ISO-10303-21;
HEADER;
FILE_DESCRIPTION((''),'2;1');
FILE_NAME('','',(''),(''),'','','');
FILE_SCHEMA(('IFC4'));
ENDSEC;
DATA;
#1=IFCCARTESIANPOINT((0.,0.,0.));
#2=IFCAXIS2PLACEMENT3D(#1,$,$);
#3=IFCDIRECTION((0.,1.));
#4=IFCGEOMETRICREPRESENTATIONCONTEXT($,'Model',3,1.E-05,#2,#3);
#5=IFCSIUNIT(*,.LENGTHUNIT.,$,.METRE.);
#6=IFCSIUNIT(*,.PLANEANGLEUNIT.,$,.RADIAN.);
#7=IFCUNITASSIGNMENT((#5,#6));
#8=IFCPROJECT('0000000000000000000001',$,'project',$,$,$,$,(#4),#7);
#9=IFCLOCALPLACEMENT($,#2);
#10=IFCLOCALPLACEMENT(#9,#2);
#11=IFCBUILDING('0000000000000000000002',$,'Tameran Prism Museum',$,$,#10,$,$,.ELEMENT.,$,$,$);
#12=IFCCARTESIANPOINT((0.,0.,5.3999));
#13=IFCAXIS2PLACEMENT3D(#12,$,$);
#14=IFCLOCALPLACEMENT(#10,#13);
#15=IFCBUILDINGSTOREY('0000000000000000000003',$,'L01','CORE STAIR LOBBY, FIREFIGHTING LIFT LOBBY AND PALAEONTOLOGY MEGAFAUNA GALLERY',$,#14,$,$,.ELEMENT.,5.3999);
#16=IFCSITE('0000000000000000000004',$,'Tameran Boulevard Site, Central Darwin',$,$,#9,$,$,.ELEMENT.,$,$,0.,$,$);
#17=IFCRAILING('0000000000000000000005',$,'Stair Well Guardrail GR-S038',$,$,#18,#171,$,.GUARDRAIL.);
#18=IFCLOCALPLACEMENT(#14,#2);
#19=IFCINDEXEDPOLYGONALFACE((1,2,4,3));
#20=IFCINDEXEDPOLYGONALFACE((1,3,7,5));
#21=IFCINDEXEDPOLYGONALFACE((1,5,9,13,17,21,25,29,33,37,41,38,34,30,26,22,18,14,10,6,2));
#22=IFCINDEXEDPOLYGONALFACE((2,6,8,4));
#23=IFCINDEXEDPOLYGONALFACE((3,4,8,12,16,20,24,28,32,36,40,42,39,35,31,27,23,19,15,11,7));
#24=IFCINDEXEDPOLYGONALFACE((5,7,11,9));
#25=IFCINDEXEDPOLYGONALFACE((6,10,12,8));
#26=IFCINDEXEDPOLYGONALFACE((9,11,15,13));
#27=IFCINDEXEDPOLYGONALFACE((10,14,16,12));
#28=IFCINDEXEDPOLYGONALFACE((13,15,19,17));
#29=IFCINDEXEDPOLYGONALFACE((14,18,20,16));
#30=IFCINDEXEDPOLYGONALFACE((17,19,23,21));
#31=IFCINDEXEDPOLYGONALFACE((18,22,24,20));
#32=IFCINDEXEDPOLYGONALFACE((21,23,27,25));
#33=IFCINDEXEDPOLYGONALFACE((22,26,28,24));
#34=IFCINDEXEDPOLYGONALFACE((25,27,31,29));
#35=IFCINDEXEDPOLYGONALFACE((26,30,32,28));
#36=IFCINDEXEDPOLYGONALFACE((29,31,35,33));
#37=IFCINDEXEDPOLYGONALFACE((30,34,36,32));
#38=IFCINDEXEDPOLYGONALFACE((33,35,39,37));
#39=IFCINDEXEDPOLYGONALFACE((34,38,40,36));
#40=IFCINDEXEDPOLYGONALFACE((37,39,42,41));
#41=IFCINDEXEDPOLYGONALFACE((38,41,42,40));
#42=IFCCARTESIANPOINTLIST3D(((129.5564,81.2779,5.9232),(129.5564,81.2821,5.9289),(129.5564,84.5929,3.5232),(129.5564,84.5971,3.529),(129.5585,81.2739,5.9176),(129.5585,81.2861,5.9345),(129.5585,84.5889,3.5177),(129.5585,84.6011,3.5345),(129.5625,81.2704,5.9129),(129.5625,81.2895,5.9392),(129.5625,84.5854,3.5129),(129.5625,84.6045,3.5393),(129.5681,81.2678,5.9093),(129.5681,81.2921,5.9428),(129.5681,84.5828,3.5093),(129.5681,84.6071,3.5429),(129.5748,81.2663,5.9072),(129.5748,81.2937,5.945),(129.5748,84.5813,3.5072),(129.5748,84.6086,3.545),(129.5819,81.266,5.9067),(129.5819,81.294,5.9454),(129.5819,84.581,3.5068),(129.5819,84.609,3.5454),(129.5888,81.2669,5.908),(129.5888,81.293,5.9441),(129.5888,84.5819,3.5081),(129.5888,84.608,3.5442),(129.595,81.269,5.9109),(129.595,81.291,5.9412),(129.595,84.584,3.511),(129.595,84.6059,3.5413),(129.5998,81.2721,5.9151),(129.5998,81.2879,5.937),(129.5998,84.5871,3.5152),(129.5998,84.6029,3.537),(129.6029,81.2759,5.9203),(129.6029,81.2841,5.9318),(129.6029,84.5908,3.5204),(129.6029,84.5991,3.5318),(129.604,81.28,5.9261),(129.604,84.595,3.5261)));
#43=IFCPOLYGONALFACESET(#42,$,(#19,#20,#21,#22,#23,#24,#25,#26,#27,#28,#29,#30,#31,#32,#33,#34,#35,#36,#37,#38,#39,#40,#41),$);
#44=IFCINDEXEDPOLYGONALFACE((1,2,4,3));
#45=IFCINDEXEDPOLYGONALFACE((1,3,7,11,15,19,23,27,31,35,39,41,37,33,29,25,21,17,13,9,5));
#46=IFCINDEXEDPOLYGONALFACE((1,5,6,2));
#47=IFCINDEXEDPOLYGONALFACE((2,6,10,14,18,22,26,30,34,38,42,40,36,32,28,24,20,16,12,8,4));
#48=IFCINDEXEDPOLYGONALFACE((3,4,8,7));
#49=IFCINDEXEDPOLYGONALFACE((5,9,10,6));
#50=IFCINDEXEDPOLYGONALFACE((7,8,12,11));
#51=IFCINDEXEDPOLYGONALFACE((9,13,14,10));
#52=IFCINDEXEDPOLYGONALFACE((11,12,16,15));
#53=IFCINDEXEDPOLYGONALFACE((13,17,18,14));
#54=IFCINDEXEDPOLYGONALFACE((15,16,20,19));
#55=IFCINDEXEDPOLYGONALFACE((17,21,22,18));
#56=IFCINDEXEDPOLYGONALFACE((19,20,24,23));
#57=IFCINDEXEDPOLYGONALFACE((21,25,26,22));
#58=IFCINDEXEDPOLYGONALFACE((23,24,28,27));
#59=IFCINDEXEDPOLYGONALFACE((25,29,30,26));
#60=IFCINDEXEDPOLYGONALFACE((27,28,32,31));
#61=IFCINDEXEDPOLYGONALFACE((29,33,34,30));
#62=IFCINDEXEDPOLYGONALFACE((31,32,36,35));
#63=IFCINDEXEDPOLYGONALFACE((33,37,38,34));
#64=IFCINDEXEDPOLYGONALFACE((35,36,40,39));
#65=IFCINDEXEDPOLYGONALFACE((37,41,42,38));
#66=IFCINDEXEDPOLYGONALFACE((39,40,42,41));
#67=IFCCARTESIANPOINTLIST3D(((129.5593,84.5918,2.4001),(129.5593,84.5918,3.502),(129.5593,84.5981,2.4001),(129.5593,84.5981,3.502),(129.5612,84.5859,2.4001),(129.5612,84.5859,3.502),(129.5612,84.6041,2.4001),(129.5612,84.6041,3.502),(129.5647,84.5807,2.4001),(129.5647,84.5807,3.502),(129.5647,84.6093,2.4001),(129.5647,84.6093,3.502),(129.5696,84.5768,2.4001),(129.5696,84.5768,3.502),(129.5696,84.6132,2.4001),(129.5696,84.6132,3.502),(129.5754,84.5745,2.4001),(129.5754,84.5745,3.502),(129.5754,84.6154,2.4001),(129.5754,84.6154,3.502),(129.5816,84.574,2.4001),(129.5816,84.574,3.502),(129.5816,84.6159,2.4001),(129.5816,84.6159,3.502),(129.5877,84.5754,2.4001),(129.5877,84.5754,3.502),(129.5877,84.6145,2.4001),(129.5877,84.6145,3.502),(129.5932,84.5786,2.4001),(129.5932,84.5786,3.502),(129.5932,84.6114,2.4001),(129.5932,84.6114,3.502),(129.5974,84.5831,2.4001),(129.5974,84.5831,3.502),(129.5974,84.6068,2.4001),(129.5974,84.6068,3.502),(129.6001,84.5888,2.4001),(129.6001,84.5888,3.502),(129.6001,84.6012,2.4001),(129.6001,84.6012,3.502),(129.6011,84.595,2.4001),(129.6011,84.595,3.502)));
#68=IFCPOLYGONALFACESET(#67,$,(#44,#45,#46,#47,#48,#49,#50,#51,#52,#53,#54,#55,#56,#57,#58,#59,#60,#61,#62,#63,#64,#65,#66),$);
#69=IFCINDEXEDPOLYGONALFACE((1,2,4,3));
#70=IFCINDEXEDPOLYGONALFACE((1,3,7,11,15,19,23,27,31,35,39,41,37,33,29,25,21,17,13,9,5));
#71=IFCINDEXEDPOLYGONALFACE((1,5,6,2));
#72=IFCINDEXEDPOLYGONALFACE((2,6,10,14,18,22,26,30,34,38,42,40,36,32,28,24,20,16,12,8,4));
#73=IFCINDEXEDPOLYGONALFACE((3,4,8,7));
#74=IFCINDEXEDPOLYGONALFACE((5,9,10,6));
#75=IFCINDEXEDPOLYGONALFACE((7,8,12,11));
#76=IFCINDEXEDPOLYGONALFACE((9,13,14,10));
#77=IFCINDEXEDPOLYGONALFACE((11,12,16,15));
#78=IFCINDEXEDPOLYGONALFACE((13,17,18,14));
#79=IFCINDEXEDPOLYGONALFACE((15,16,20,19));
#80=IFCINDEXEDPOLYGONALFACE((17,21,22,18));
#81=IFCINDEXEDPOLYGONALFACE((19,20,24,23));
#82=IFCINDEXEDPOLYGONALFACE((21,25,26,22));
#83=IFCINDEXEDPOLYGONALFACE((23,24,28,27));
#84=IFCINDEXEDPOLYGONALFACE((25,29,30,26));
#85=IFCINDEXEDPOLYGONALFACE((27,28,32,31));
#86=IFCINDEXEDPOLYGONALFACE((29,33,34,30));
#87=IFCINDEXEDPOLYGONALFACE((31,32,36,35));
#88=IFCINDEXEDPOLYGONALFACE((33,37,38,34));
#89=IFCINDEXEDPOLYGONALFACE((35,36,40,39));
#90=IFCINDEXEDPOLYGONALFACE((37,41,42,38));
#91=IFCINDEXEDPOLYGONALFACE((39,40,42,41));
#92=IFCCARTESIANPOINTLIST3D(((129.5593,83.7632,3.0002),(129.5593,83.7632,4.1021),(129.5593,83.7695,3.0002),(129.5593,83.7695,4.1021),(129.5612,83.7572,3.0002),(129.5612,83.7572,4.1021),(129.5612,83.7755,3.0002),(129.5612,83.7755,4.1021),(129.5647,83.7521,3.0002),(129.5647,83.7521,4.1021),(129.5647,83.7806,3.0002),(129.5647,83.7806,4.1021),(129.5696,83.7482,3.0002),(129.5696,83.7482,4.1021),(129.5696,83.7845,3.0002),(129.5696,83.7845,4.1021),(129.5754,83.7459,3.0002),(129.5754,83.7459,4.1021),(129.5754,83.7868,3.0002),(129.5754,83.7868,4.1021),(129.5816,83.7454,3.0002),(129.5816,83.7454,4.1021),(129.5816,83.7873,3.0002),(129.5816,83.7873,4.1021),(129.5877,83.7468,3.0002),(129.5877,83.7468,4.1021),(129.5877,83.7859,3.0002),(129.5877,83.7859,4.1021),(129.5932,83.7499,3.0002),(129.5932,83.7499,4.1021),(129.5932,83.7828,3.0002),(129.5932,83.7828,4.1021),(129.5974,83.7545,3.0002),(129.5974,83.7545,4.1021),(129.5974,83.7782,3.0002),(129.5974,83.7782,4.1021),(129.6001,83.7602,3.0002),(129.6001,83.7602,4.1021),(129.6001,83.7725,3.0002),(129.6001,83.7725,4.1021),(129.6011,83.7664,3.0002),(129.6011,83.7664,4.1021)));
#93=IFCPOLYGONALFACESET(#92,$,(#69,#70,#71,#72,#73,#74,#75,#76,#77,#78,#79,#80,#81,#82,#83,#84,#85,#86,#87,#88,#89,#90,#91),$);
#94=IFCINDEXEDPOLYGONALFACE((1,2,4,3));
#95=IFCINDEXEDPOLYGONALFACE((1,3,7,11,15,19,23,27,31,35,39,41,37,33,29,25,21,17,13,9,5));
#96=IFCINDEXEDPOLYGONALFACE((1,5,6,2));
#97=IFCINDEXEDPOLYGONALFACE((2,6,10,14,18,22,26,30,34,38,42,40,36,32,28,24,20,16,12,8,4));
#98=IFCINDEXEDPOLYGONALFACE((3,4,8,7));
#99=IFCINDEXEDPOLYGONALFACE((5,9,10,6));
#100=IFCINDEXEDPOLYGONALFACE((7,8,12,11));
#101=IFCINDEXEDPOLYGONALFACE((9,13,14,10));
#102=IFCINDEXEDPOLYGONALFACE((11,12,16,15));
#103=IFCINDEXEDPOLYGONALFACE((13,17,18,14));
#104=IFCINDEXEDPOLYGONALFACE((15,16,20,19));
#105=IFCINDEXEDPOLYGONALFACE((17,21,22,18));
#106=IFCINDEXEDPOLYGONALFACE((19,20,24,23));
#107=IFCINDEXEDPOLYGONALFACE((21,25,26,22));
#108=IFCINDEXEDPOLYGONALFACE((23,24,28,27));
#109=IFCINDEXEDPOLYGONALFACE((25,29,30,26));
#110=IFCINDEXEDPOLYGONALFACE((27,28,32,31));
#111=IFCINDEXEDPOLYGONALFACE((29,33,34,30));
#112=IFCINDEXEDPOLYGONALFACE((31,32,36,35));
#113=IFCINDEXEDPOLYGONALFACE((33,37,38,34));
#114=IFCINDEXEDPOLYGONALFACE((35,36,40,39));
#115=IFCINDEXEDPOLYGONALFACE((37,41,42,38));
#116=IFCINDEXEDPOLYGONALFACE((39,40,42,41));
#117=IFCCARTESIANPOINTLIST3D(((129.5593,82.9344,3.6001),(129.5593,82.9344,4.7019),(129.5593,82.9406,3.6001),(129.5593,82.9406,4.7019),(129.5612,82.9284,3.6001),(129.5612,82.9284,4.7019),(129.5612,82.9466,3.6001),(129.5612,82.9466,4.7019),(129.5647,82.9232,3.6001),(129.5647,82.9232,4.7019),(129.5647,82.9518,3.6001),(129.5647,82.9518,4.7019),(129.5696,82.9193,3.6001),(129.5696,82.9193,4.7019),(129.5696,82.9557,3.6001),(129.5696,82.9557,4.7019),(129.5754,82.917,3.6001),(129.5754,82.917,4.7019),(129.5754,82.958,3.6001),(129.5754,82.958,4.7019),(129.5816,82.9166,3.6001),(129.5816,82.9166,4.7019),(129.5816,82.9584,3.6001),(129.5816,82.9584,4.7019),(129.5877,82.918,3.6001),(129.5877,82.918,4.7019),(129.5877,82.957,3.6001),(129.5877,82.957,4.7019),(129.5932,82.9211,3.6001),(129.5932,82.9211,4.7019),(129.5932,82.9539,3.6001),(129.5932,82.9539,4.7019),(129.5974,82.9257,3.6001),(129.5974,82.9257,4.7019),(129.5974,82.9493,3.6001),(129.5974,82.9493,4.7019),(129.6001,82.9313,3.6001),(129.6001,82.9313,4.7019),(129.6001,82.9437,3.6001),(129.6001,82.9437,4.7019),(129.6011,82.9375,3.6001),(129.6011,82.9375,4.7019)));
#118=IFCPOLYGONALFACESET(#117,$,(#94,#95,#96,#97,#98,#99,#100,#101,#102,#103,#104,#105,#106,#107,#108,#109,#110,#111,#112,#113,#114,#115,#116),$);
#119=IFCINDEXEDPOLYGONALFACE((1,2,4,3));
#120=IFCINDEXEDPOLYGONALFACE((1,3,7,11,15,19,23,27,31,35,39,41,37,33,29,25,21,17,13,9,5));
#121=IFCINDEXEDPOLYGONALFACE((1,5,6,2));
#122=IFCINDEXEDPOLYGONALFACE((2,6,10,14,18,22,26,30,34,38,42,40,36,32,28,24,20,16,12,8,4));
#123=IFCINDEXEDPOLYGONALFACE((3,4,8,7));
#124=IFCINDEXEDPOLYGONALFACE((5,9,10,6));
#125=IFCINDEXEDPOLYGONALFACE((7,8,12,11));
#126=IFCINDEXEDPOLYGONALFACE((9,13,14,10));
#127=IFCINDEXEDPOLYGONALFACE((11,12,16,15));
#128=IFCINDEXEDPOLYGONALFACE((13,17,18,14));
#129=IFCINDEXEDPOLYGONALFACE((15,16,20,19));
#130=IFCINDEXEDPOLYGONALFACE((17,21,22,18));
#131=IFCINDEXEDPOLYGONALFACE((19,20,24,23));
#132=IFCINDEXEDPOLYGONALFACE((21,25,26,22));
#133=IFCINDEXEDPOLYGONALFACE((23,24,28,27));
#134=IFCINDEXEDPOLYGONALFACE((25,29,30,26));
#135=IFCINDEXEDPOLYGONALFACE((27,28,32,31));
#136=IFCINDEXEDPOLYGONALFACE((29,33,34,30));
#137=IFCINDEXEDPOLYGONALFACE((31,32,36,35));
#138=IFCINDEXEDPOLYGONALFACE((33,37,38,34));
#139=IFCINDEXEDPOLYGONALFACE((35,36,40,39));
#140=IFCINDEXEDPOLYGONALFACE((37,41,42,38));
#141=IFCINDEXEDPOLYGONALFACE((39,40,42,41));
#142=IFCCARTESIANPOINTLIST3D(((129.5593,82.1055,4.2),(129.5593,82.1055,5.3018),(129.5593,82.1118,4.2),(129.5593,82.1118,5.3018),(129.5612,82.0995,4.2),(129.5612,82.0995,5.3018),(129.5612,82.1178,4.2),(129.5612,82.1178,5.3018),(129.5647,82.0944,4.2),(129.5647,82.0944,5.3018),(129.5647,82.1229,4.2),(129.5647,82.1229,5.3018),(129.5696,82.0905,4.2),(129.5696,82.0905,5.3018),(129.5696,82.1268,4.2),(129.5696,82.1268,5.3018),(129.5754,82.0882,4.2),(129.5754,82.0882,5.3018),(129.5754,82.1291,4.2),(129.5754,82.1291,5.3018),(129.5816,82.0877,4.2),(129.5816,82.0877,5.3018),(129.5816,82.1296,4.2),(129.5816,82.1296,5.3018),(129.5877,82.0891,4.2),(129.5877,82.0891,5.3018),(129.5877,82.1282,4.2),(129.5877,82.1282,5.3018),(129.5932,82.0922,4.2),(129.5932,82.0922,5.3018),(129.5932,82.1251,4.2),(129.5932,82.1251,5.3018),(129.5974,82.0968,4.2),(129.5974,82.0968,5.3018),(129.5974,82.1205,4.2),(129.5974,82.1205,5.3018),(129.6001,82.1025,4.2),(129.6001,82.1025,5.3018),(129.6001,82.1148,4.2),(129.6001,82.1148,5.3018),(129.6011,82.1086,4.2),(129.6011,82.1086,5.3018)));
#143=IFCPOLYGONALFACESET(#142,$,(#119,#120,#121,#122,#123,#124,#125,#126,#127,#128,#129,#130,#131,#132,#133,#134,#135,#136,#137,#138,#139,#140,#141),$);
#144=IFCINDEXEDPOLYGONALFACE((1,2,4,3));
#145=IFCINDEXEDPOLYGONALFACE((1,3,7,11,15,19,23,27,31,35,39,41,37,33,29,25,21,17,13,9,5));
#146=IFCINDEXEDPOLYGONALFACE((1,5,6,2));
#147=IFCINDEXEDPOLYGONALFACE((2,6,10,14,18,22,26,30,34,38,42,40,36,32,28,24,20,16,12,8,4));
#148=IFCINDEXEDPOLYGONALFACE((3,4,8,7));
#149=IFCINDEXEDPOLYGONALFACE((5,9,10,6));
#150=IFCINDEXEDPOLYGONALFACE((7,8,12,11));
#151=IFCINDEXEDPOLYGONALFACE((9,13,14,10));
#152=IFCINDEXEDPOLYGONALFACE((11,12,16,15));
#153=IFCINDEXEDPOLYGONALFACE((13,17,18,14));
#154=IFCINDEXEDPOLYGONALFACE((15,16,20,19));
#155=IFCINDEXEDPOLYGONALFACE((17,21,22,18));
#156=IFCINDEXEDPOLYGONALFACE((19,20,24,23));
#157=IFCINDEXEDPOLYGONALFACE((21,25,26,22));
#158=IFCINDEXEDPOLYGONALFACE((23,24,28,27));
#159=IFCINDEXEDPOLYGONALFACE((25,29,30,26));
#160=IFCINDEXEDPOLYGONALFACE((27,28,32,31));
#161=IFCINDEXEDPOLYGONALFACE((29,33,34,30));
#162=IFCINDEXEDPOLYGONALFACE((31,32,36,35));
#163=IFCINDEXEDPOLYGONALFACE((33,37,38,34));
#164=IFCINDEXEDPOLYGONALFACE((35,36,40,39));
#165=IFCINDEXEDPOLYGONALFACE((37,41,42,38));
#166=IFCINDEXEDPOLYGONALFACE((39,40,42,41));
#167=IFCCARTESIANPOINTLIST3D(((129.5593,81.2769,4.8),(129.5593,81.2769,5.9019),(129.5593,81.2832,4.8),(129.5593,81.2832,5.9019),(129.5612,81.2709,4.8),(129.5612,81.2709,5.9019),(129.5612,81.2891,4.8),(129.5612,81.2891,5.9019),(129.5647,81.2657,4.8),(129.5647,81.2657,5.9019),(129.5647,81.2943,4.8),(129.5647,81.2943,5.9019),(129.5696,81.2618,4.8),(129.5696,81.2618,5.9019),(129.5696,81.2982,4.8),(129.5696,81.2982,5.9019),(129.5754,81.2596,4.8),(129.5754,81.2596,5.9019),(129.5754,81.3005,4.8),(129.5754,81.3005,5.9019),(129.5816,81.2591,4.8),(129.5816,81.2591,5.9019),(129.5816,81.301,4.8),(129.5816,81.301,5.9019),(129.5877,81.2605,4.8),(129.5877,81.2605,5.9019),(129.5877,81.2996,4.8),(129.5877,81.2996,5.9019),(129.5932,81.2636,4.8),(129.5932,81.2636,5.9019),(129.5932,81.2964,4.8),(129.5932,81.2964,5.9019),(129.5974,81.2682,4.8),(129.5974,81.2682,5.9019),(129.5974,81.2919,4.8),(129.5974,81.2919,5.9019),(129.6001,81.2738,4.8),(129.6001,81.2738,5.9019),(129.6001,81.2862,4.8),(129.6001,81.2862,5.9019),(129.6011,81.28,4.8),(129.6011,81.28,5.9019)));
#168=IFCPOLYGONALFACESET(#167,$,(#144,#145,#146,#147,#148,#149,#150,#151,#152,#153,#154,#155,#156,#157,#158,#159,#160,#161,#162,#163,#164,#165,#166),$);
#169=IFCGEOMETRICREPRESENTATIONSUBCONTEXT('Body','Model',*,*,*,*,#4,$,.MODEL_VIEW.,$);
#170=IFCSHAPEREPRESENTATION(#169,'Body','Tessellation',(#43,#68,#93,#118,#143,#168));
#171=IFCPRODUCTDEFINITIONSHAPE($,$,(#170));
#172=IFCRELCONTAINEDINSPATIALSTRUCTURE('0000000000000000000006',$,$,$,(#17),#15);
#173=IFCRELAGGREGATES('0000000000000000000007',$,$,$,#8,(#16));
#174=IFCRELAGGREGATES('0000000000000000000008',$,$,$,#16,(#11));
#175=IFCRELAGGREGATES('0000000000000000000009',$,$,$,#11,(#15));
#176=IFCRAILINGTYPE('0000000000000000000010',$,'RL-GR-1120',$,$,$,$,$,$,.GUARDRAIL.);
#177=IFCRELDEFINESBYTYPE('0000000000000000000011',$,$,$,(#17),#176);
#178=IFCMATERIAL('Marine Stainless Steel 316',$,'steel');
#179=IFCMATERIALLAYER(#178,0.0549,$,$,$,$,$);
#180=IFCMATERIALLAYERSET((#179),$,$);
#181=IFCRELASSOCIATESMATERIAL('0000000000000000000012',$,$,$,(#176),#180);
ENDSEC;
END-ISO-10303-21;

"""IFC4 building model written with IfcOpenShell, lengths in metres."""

from ifc_helpers import new_model, si_unit, direction, frame, origin, origin_2d, place, context, subcontext, project, spatial, circle, extrude, material, layer, layer_set, type_object, element, save


model = new_model("IFC4")

# Units and contexts
model_context = context("Model", 3, precision=1e-05, world=origin(), true_north=direction((0.0, 1.0)))
body_context = subcontext(model_context, "Body", "Model", "MODEL_VIEW")
ifc_project = project(units=[si_unit("LENGTHUNIT", "METRE"), si_unit("PLANEANGLEUNIT", "RADIAN")], contexts=[model_context])

# Site, building, storey
site_placement = place(None, origin())
site = spatial("IfcSite", under=ifc_project, at=site_placement, Name="Tameran Boulevard Site, Central Darwin", CompositionType="ELEMENT", RefElevation=0.0)
building_placement = place(site_placement, origin())
building = spatial("IfcBuilding", under=site, at=building_placement, Name="Tameran Prism Museum", CompositionType="ELEMENT")
storey_placement = place(building_placement, frame((0.0, 0.0, 5.3999)))
storey = spatial("IfcBuildingStorey", under=building, at=storey_placement, Name="L01", Description="CORE STAIR LOBBY, FIREFIGHTING LIFT LOBBY AND PALAEONTOLOGY MEGAFAUNA GALLERY", CompositionType="ELEMENT", Elevation=5.3999)

# Railing
ifc_material_1 = material(Name="Marine Stainless Steel 316", Category="steel")
ifc_layer_1 = layer(ifc_material_1, 0.0549)
ifc_layer_set_1 = layer_set([ifc_layer_1])
railing_type = type_object("IfcRailingType", Name="RL-GR-1120", PredefinedType="GUARDRAIL", material=ifc_layer_set_1)
railing_1_placement = place(storey_placement, frame((129.5801, 84.595, 2.4001)))
element("IfcRailing", 1, at=railing_1_placement, inside=storey, type_object=railing_type, Name="Stair Well Guardrail GR-S038", PredefinedType="GUARDRAIL", context=body_context, shape_type="SweptSolid", body=[
    extrude(circle(Radius=0.0239, at=origin_2d()), frame((0.0, 0.0, 1.126), z_axis=(0.0, -0.810009, 0.586418), x_axis=(1.0, 0.0, 0.0)), (0.0, 0.0, 1.0), 4.0925),
    extrude(circle(Radius=0.021, at=origin_2d()), origin(), (0.0, 0.0, 1.0), 1.1018),
    extrude(circle(Radius=0.021, at=origin_2d()), frame((0.0, -0.8286, 0.6001)), (0.0, 0.0, 1.0), 1.1018),
    extrude(circle(Radius=0.021, at=origin_2d()), frame((0.0, -1.6575, 1.2)), (0.0, 0.0, 1.0), 1.1018),
    extrude(circle(Radius=0.021, at=origin_2d()), frame((0.0, -2.4863, 1.7998)), (0.0, 0.0, 1.0), 1.1018),
    extrude(circle(Radius=0.021, at=origin_2d()), frame((0.0, -3.3149, 2.3999)), (0.0, 0.0, 1.0), 1.1018),
])

save(model, "model.ifc")
